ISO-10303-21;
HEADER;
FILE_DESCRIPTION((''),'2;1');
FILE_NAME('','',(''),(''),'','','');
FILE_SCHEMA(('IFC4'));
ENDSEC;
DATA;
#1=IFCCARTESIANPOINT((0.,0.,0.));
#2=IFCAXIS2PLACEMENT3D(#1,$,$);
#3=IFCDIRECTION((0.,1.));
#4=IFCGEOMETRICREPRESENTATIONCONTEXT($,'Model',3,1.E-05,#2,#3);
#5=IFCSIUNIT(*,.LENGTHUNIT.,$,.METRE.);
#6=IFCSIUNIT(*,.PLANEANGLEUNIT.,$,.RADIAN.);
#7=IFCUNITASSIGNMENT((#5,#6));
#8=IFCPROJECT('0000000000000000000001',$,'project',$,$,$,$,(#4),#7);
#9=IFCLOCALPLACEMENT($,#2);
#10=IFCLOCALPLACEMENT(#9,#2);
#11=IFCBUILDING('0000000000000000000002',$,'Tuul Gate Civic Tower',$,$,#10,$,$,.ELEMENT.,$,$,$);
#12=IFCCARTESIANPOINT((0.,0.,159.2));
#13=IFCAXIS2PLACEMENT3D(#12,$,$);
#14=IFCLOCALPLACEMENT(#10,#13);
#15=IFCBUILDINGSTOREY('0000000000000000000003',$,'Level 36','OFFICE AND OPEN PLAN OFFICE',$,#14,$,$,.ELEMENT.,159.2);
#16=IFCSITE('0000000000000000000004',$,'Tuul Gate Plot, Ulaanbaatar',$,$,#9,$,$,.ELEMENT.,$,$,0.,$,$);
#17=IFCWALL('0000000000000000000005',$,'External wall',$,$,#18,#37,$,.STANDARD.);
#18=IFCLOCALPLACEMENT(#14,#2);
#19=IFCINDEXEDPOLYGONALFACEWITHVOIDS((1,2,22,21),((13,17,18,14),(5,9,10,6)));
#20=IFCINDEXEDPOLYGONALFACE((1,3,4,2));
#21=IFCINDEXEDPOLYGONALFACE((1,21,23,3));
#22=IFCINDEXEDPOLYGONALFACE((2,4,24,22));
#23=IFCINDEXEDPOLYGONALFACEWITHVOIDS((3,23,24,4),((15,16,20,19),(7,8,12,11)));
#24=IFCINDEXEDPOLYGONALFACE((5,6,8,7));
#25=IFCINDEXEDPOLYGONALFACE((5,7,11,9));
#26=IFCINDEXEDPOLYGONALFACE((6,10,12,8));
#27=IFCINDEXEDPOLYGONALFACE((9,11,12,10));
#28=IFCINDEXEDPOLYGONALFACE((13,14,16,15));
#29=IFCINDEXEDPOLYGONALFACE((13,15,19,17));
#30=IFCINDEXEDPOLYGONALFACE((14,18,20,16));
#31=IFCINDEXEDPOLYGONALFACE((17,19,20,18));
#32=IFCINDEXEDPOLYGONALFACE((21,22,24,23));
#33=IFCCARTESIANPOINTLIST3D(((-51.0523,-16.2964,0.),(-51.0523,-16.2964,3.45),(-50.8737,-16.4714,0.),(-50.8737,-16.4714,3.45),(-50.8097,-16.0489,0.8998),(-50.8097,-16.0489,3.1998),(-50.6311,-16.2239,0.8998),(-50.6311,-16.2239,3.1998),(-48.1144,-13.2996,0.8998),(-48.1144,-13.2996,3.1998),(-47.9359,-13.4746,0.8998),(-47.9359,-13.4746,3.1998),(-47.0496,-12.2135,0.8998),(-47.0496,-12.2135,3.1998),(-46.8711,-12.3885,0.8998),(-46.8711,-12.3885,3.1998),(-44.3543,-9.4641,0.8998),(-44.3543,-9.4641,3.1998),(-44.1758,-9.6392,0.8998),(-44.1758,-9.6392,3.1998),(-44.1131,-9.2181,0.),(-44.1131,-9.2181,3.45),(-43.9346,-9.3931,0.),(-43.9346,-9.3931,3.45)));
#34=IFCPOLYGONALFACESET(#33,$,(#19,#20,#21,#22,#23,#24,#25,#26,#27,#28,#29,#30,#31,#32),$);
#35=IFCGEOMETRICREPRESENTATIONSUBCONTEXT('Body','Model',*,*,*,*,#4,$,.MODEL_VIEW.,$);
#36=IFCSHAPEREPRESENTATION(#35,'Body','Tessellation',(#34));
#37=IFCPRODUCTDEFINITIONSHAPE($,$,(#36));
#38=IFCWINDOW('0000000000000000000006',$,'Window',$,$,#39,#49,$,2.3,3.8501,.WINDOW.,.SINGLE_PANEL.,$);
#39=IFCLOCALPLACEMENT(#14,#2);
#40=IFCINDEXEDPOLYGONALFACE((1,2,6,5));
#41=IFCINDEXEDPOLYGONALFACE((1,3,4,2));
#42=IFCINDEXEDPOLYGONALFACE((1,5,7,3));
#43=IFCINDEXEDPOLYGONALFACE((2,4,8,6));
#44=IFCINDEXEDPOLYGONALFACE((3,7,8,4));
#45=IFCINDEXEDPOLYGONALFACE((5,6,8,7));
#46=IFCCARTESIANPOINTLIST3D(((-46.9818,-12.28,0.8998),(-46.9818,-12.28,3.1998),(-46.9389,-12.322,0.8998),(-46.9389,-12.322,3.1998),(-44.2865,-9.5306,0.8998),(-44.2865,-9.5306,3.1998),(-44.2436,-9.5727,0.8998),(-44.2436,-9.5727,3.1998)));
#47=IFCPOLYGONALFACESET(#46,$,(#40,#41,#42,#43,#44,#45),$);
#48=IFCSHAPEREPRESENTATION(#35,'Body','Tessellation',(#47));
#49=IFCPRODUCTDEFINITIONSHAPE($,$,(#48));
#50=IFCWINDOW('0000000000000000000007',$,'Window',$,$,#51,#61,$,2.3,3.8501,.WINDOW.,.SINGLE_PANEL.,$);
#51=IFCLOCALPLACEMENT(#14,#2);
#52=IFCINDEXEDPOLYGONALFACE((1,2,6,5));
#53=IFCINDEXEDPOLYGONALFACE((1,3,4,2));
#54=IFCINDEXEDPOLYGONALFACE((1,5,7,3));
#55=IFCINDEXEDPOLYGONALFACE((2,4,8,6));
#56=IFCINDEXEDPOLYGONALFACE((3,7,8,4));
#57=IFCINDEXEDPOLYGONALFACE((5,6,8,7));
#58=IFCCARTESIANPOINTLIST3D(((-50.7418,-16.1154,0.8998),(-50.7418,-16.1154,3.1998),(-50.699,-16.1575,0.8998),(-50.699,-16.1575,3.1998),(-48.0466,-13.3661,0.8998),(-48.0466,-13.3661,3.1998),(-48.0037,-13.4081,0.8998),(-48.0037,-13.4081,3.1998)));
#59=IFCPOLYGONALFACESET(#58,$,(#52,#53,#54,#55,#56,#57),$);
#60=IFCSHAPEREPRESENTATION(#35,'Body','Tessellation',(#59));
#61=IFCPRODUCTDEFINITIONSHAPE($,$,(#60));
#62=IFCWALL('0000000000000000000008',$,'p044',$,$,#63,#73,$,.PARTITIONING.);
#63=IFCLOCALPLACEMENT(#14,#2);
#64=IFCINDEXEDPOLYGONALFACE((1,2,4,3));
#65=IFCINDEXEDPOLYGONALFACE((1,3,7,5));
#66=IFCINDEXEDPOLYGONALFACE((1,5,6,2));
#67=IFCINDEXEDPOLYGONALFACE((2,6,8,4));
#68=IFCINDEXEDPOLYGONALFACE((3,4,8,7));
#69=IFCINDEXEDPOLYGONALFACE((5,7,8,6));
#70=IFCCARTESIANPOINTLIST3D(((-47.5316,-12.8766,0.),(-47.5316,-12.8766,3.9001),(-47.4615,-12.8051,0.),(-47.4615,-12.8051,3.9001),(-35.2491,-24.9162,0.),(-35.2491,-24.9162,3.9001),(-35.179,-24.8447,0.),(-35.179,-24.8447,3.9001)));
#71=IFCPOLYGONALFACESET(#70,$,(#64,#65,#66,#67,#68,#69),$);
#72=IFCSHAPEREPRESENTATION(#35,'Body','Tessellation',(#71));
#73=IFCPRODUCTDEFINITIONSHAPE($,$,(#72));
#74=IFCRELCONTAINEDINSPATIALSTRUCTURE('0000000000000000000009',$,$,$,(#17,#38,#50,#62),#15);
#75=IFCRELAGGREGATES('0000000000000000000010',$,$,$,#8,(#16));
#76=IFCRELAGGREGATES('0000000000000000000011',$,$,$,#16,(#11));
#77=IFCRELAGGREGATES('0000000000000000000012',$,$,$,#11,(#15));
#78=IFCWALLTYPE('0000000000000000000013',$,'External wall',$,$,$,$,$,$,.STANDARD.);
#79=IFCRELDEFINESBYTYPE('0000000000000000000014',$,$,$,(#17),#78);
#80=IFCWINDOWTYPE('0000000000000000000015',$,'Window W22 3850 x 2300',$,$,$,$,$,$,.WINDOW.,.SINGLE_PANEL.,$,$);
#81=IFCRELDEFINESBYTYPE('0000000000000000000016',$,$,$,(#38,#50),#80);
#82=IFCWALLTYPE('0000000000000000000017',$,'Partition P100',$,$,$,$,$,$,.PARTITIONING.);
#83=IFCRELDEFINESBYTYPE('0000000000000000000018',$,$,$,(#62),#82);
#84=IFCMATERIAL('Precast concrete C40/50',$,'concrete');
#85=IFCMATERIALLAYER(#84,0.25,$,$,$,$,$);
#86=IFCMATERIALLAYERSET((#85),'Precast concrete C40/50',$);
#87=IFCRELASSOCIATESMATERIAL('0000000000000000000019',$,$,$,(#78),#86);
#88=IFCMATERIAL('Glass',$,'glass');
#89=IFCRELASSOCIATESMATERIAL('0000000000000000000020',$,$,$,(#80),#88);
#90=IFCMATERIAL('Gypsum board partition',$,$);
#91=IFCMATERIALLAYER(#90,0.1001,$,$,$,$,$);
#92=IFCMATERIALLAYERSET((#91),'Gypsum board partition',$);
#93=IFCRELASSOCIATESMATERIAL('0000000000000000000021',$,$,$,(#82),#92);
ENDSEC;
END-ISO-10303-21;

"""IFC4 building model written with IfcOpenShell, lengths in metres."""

from ifc_helpers import new_model, si_unit, direction, frame, frame_2d, origin, place, context, subcontext, project, spatial, rectangle, extrude, material, layer, layer_set, type_object, element, fill, save


model = new_model("IFC4")

# Units and contexts
model_context = context("Model", 3, precision=1e-05, world=origin(), true_north=direction((0.0, 1.0)))
body_context = subcontext(model_context, "Body", "Model", "MODEL_VIEW")
ifc_project = project(units=[si_unit("LENGTHUNIT", "METRE"), si_unit("PLANEANGLEUNIT", "RADIAN")], contexts=[model_context])

# Site, building, storey
site_placement = place(None, origin())
site = spatial("IfcSite", under=ifc_project, at=site_placement, Name="Tuul Gate Plot, Ulaanbaatar", CompositionType="ELEMENT", RefElevation=0.0)
building_placement = place(site_placement, origin())
building = spatial("IfcBuilding", under=site, at=building_placement, Name="Tuul Gate Civic Tower", CompositionType="ELEMENT")
storey_placement = place(building_placement, frame((0.0, 0.0, 159.2)))
storey = spatial("IfcBuildingStorey", under=building, at=storey_placement, Name="Level 36", Description="OFFICE AND OPEN PLAN OFFICE", CompositionType="ELEMENT", Elevation=159.2)

# Wall, openings, windows
ifc_material_1 = material(Name="Precast concrete C40/50", Category="concrete")
ifc_layer_1 = layer(ifc_material_1, 0.25)
ifc_layer_set_1 = layer_set([ifc_layer_1], Name="Precast concrete C40/50")
wall_type_1 = type_object("IfcWallType", Name="External wall", PredefinedType="STANDARD", material=ifc_layer_set_1)
wall_1_placement = place(storey_placement, frame((-44.0239, -9.3057, 0.0), z_axis=(0.0, 0.0, 1.0), x_axis=(-0.700052, -0.714091, 0.0)))
wall_1 = element("IfcWall", 1, at=wall_1_placement, inside=storey, type_object=wall_type_1, Name="External wall", PredefinedType="STANDARD", context=body_context, shape_type="SweptSolid", body=[
    extrude(rectangle(XDim=9.9124, YDim=0.25, at=frame_2d((4.9561, 0.0))), origin(), (0.0, 0.0, 1.0), 3.45),
])
opening_1_placement = place(wall_1_placement, frame((0.3445, 0.0, 0.8999)))
opening_1 = element("IfcOpeningElement", 2, at=opening_1_placement, cuts=wall_1, PredefinedType="OPENING", context=body_context, shape_type="SweptSolid", body=[
    extrude(rectangle(XDim=3.8501, YDim=2.3, at=frame_2d((1.925, 1.1499))), frame((0.0, 0.135, 0.0), z_axis=(0.0, -1.0, 0.0), x_axis=(1.0, 0.0, 0.0)), (0.0, 0.0, 1.0), 0.27),
])
opening_2_placement = place(wall_1_placement, frame((5.7156, 0.0, 0.8999)))
opening_2 = element("IfcOpeningElement", 3, at=opening_2_placement, cuts=wall_1, PredefinedType="OPENING", context=body_context, shape_type="SweptSolid", body=[
    extrude(rectangle(XDim=3.8501, YDim=2.3, at=frame_2d((1.925, 1.1499))), frame((0.0, 0.135, 0.0), z_axis=(0.0, -1.0, 0.0), x_axis=(1.0, 0.0, 0.0)), (0.0, 0.0, 1.0), 0.27),
])
ifc_material_2 = material(Name="Glass", Category="glass")
window_type = type_object("IfcWindowType", Name="Window W22 3850 x 2300", PartitioningType="SINGLE_PANEL", PredefinedType="WINDOW", material=ifc_material_2)
window_1_placement = place(opening_1_placement, origin())
window_1 = element("IfcWindow", 4, at=window_1_placement, inside=storey, type_object=window_type, Name="Window", OverallHeight=2.3, OverallWidth=3.8501, PartitioningType="SINGLE_PANEL", PredefinedType="WINDOW", context=body_context, shape_type="SweptSolid", body=[
    extrude(rectangle(XDim=3.8501, YDim=2.3, at=frame_2d((1.925, 1.1499))), frame((0.0, 0.03, 0.0), z_axis=(0.0, -1.0, 0.0), x_axis=(1.0, 0.0, 0.0)), (0.0, 0.0, 1.0), 0.0601),
])
fill(opening_1, window_1)
window_2_placement = place(opening_2_placement, origin())
window_2 = element("IfcWindow", 5, at=window_2_placement, inside=storey, type_object=window_type, Name="Window", OverallHeight=2.3, OverallWidth=3.8501, PartitioningType="SINGLE_PANEL", PredefinedType="WINDOW", context=body_context, shape_type="SweptSolid", body=[
    extrude(rectangle(XDim=3.8501, YDim=2.3, at=frame_2d((1.925, 1.1499))), frame((0.0, 0.03, 0.0), z_axis=(0.0, -1.0, 0.0), x_axis=(1.0, 0.0, 0.0)), (0.0, 0.0, 1.0), 0.0601),
])
fill(opening_2, window_2)

# Wall
ifc_material_3 = material(Name="Gypsum board partition")
ifc_layer_2 = layer(ifc_material_3, 0.1001)
ifc_layer_set_2 = layer_set([ifc_layer_2], Name="Gypsum board partition")
wall_type_2 = type_object("IfcWallType", Name="Partition P100", PredefinedType="PARTITIONING", material=ifc_layer_set_2)
wall_2_placement = place(storey_placement, frame((-47.4966, -12.8408, 0.0), z_axis=(0.0, 0.0, 1.0), x_axis=(0.714134, -0.70001, 0.0)))
element("IfcWall", 6, at=wall_2_placement, inside=storey, type_object=wall_type_2, Name="p044", PredefinedType="PARTITIONING", context=body_context, shape_type="SweptSolid", body=[
    extrude(rectangle(XDim=17.1992, YDim=0.1001, at=frame_2d((8.5996, 0.0))), origin(), (0.0, 0.0, 1.0), 3.9001),
])

save(model, "model.ifc")
